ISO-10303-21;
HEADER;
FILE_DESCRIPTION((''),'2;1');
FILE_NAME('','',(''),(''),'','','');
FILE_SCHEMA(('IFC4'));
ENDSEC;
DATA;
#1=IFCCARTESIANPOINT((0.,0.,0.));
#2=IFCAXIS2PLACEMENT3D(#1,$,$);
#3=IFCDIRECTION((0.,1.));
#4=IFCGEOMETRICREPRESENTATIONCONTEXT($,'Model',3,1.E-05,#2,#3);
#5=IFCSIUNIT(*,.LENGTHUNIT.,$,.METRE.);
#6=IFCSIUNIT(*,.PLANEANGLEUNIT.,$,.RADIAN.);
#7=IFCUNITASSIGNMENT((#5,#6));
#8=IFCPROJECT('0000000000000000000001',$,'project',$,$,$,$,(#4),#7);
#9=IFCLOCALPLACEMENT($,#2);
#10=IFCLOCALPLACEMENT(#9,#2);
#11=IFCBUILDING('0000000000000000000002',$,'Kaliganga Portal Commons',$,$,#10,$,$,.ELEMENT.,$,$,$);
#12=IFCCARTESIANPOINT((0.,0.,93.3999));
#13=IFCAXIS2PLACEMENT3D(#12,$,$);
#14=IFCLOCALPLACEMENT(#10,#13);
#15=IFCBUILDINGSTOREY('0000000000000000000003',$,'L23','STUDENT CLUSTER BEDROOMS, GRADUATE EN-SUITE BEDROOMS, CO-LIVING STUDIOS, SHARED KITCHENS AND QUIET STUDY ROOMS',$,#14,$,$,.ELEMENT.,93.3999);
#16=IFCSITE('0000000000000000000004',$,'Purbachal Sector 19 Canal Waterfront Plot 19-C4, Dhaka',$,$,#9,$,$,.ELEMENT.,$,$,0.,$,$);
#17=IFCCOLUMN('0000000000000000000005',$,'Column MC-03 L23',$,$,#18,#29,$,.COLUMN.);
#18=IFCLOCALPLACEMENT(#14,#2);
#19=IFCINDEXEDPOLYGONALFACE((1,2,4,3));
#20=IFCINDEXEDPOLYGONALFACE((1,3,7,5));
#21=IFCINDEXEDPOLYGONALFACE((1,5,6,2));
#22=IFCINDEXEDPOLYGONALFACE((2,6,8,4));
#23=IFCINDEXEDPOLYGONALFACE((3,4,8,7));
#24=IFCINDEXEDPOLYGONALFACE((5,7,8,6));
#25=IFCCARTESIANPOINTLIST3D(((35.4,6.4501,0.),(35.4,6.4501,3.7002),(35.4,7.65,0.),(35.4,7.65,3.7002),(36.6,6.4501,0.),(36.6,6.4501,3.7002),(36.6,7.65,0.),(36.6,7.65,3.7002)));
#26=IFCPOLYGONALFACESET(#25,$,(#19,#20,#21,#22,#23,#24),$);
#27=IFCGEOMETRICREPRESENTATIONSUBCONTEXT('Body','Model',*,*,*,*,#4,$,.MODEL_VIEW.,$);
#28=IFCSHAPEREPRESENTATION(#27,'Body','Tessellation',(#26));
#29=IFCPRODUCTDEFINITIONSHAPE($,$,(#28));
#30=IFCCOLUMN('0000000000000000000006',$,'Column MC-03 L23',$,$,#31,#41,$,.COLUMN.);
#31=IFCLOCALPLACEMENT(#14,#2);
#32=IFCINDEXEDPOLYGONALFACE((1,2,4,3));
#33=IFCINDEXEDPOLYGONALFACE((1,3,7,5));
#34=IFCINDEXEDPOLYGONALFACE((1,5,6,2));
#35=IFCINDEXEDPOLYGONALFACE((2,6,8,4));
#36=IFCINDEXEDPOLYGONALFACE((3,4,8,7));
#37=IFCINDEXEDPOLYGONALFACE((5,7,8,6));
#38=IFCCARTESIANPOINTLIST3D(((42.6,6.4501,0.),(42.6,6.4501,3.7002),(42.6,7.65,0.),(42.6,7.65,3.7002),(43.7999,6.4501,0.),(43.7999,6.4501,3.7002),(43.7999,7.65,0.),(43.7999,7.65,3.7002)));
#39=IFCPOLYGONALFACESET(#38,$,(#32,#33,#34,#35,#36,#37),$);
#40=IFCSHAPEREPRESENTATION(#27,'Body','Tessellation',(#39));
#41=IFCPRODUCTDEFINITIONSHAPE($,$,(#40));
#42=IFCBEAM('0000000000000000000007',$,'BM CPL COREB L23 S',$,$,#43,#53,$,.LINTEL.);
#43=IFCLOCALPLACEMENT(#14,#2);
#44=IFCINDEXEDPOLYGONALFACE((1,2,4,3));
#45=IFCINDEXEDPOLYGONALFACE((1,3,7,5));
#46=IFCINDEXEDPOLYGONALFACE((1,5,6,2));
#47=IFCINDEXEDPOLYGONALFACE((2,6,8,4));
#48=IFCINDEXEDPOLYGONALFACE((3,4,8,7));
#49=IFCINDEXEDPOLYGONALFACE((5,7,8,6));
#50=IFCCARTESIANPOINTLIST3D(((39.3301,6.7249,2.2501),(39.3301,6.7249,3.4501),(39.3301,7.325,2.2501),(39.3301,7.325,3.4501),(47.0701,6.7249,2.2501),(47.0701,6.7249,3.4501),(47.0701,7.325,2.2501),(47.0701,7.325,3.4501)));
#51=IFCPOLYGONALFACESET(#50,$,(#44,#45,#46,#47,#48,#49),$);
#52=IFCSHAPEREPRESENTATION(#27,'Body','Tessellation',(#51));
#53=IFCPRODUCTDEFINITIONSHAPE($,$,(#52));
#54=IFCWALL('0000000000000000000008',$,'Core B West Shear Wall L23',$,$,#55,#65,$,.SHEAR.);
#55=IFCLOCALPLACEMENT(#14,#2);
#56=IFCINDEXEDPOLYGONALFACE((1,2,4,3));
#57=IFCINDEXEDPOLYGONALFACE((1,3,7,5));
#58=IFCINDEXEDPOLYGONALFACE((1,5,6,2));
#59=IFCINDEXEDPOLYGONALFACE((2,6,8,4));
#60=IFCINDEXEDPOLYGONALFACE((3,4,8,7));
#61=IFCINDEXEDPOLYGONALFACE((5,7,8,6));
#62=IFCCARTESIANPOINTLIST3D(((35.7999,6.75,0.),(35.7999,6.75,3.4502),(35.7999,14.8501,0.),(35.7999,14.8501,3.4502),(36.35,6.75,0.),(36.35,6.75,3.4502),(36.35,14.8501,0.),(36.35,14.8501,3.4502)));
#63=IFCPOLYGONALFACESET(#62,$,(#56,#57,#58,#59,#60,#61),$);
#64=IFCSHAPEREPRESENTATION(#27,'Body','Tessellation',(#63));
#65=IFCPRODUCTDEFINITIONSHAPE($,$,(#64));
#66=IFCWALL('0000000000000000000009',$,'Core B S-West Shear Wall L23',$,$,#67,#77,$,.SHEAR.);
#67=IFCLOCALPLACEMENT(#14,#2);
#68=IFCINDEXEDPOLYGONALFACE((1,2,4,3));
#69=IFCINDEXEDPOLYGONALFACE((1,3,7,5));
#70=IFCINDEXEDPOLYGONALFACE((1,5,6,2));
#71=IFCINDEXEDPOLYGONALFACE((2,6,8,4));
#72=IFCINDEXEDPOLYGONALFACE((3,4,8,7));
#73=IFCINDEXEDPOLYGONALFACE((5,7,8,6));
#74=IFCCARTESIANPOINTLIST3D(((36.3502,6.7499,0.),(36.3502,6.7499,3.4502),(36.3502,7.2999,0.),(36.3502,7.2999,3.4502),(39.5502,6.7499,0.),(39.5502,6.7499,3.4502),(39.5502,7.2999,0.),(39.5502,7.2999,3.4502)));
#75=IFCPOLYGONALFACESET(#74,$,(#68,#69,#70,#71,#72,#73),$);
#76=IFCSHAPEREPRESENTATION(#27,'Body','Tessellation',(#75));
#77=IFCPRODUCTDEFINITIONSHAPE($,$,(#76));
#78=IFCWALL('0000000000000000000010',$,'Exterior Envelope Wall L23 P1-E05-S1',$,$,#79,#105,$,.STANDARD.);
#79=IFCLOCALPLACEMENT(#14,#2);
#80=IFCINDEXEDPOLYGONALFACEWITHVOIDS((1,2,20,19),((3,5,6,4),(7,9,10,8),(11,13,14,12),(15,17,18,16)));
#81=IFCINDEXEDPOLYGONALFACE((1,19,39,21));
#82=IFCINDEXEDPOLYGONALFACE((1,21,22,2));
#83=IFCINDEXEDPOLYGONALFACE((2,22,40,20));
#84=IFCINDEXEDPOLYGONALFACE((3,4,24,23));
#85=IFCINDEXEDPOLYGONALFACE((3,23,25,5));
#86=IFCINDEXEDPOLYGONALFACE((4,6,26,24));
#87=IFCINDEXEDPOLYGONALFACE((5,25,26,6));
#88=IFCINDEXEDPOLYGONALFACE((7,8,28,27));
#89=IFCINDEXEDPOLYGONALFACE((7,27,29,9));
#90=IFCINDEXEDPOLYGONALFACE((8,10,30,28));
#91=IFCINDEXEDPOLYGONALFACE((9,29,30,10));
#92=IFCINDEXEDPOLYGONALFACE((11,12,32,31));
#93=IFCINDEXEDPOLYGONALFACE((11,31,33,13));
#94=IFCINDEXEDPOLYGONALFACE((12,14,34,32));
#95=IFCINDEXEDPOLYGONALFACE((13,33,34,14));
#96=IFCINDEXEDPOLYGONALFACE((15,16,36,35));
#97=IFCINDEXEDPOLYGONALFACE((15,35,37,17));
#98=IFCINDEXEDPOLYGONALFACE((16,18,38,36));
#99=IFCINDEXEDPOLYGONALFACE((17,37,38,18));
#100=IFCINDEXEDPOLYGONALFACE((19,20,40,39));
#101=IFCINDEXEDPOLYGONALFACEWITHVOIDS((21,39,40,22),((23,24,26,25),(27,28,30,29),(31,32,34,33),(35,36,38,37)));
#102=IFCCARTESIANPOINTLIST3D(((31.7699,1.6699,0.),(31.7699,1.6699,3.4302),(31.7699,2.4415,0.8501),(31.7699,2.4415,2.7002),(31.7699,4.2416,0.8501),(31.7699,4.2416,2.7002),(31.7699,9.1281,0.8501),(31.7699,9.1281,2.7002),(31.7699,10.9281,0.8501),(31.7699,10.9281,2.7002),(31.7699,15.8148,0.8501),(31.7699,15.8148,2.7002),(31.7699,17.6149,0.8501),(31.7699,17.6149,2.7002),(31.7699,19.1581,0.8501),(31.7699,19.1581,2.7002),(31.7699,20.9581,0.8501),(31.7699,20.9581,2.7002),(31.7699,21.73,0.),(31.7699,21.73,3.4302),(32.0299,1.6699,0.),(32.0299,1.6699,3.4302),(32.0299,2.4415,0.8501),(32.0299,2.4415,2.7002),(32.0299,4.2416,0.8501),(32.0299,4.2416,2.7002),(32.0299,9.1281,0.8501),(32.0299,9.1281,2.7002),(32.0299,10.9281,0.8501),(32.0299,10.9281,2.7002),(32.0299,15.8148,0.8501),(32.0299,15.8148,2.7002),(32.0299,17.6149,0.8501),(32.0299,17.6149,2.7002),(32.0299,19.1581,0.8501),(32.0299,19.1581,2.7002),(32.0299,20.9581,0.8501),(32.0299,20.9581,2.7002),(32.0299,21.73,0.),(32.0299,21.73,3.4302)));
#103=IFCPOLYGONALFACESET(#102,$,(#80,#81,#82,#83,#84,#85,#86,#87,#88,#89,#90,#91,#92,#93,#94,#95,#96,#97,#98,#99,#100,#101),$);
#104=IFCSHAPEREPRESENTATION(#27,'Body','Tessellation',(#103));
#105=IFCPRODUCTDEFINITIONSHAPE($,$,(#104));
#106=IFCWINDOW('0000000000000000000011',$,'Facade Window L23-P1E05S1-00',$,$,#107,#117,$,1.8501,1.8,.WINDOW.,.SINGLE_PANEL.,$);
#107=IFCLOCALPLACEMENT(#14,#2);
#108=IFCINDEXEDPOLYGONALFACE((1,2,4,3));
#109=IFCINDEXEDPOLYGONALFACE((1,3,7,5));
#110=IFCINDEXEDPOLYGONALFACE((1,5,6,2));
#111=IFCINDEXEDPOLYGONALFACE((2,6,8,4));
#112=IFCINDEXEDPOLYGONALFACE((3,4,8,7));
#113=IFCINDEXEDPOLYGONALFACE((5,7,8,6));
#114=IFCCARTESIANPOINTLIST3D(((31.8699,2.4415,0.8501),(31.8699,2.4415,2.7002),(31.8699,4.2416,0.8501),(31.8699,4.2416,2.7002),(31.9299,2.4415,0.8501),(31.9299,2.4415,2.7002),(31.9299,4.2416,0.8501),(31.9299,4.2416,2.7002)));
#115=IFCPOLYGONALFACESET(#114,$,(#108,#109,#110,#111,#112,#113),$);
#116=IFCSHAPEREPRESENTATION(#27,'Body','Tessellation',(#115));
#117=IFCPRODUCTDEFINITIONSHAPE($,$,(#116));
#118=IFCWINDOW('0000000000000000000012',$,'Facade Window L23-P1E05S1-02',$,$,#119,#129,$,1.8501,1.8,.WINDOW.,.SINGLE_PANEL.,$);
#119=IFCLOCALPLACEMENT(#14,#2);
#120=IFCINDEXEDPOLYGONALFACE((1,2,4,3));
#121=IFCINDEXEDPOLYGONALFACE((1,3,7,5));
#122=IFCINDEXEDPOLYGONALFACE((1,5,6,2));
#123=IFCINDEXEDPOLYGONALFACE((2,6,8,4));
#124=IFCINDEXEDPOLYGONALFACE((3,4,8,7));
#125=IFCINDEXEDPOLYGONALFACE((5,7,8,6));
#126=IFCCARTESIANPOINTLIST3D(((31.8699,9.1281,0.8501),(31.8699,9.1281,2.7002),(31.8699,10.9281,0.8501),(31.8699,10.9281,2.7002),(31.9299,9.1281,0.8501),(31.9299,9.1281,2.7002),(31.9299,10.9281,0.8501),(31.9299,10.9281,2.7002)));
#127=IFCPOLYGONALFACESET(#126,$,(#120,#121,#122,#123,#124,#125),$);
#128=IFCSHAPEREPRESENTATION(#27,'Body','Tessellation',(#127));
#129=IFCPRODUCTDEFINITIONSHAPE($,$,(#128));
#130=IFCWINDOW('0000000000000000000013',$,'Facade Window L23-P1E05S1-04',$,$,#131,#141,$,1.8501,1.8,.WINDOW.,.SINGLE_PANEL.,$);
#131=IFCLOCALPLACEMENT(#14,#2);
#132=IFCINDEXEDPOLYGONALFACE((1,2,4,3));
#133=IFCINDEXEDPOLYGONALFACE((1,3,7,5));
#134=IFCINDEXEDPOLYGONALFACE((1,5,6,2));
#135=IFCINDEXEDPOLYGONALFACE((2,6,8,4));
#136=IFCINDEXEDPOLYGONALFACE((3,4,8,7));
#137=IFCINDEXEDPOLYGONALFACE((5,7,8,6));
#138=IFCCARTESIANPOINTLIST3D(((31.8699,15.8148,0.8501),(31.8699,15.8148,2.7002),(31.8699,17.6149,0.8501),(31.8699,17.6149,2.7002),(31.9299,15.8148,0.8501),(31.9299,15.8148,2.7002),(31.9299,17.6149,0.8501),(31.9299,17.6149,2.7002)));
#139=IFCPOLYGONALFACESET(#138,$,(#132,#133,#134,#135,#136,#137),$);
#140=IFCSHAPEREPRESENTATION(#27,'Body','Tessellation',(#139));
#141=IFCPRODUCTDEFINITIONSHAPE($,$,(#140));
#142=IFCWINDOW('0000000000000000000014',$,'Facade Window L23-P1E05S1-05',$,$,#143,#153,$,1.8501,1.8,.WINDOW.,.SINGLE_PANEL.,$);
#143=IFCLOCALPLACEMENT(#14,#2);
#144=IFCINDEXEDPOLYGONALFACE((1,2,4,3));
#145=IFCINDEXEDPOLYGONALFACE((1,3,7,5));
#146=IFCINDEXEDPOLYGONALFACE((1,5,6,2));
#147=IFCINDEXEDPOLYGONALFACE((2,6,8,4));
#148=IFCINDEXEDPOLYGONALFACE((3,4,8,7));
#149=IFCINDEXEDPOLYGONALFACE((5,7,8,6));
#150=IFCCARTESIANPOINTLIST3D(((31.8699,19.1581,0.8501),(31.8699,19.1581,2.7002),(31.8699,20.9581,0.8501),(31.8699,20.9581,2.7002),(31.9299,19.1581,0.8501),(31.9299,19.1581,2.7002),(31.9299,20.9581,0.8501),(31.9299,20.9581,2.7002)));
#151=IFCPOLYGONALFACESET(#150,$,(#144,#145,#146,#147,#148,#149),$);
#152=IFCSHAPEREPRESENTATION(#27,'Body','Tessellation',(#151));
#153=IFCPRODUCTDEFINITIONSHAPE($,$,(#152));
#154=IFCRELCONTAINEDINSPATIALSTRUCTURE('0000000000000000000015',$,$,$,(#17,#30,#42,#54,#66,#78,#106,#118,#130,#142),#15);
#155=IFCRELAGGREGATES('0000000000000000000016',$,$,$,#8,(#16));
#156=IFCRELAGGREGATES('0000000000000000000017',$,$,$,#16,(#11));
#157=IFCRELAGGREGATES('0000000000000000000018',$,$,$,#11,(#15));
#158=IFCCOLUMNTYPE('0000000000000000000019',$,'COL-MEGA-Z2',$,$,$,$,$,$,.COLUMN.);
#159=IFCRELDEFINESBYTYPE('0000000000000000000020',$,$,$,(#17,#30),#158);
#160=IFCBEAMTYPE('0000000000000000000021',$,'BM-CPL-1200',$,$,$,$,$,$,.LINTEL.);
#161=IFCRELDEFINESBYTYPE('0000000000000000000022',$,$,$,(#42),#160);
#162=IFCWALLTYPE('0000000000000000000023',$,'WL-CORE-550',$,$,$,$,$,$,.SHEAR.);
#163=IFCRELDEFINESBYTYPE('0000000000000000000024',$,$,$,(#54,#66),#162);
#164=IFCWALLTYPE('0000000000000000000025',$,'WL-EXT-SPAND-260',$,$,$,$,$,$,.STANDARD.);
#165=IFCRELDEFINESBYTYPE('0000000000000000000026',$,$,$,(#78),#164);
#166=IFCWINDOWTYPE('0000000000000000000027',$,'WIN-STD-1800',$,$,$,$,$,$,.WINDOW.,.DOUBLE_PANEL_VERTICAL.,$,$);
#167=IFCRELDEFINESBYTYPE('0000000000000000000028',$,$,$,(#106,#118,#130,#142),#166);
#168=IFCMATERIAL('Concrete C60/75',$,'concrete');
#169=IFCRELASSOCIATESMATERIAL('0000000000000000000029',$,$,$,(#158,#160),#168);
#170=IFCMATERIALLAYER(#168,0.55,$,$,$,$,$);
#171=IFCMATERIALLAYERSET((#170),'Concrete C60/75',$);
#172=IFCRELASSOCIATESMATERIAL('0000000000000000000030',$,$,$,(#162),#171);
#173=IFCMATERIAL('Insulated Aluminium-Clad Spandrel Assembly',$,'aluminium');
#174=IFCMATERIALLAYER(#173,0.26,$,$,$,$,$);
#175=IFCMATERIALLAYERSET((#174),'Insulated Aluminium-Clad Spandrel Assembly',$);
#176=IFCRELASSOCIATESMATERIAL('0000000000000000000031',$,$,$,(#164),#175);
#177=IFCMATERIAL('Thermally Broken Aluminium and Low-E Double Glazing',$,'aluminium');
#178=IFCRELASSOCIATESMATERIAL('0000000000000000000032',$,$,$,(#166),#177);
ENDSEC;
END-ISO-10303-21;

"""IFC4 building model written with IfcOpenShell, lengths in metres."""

from ifc_helpers import new_model, si_unit, direction, frame, frame_2d, origin, origin_2d, place, context, subcontext, project, spatial, rectangle, extrude, source, transform, mapped, material, layer, layer_set, material_profile, profile_set, type_object, element, fill, save


model = new_model("IFC4")

# Units and contexts
model_context = context("Model", 3, precision=1e-05, world=origin(), true_north=direction((0.0, 1.0)))
body_context = subcontext(model_context, "Body", "Model", "MODEL_VIEW")
ifc_project = project(units=[si_unit("LENGTHUNIT", "METRE"), si_unit("PLANEANGLEUNIT", "RADIAN")], contexts=[model_context])

# Site, building, storey
site_placement = place(None, origin())
site = spatial("IfcSite", under=ifc_project, at=site_placement, Name="Purbachal Sector 19 Canal Waterfront Plot 19-C4, Dhaka", CompositionType="ELEMENT", RefElevation=0.0)
building_placement = place(site_placement, origin())
building = spatial("IfcBuilding", under=site, at=building_placement, Name="Kaliganga Portal Commons", CompositionType="ELEMENT")
storey_placement = place(building_placement, frame((0.0, 0.0, 93.3999)))
storey = spatial("IfcBuildingStorey", under=building, at=storey_placement, Name="L23", Description="STUDENT CLUSTER BEDROOMS, GRADUATE EN-SUITE BEDROOMS, CO-LIVING STUDIOS, SHARED KITCHENS AND QUIET STUDY ROOMS", CompositionType="ELEMENT", Elevation=93.3999)

# Columns
ifc_material_1 = material(Name="Concrete C60/75", Category="concrete")
ifc_material_profile_1 = material_profile(ifc_material_1, rectangle(XDim=1.2, YDim=1.2, at=origin_2d()), Name="RC 1200x1200")
ifc_profile_set_1 = profile_set([ifc_material_profile_1], Name="Concrete C60/75")
column_type = type_object("IfcColumnType", Name="COL-MEGA-Z2", PredefinedType="COLUMN", material=ifc_profile_set_1)
shared_shape_1 = source(origin(), body_context, "Body", "SweptSolid", [
    extrude(rectangle(XDim=1.2, YDim=1.2, at=origin_2d()), origin(), (0.0, 0.0, 1.0), 3.7002),
])
for number, where, z_axis, x_axis, name in (
    (1, (36.0, 7.05, 0.0), (0.0, 0.0, 1.0), (1.0, 0.0, 0.0), "Column MC-03 L23"),
    (2, (43.2, 7.05, 0.0), (0.0, 0.0, 1.0), (1.0, 0.0, 0.0), "Column MC-03 L23"),
):
    element("IfcColumn", number, at=place(storey_placement, frame(where, z_axis=z_axis, x_axis=x_axis)), inside=storey, type_object=column_type, Name=name, PredefinedType="COLUMN", context=body_context, shape_type="MappedRepresentation", body=[
        mapped(shared_shape_1, transform((0.0, 0.0, 0.0), x_axis=(1.0, 0.0, 0.0), y_axis=(0.0, 1.0, 0.0), z_axis=(0.0, 0.0, 1.0), scale=1.0)),
    ])

# Beam
ifc_material_profile_2 = material_profile(ifc_material_1, rectangle(XDim=0.6001, YDim=1.2, at=origin_2d()), Name="RC 600x1200")
ifc_profile_set_2 = profile_set([ifc_material_profile_2], Name="Concrete C60/75")
beam_type = type_object("IfcBeamType", Name="BM-CPL-1200", PredefinedType="LINTEL", material=ifc_profile_set_2)
shared_shape_2 = source(origin(), body_context, "Body", "SweptSolid", [
    extrude(rectangle(XDim=0.6001, YDim=1.2, at=origin_2d()), origin(), (0.0, 0.0, 1.0), 7.74),
])
beam_placement = place(storey_placement, frame((39.3301, 7.0249, 2.8501), z_axis=(1.0, 0.0, 0.0), x_axis=(0.0, 1.0, 0.0)))
element("IfcBeam", 3, at=beam_placement, inside=storey, type_object=beam_type, Name="BM CPL COREB L23 S", PredefinedType="LINTEL", context=body_context, shape_type="MappedRepresentation", body=[
    mapped(shared_shape_2, transform((0.0, 0.0, 0.0), x_axis=(1.0, 0.0, 0.0), y_axis=(0.0, 1.0, 0.0), z_axis=(0.0, 0.0, 1.0), scale=1.0)),
])

# Walls
ifc_layer_1 = layer(ifc_material_1, 0.55)
ifc_layer_set_1 = layer_set([ifc_layer_1], Name="Concrete C60/75")
wall_type_1 = type_object("IfcWallType", Name="WL-CORE-550", PredefinedType="SHEAR", material=ifc_layer_set_1)
wall_1_placement = place(storey_placement, frame((36.075, 6.75, 0.0), z_axis=(0.0, 0.0, 1.0), x_axis=(0.0, 1.0, 0.0)))
element("IfcWall", 4, at=wall_1_placement, inside=storey, type_object=wall_type_1, Name="Core B West Shear Wall L23", PredefinedType="SHEAR", context=body_context, shape_type="SweptSolid", body=[
    extrude(rectangle(XDim=8.1001, YDim=0.55, at=frame_2d((4.05, 0.0))), origin(), (0.0, 0.0, 1.0), 3.4502),
])
wall_2_placement = place(storey_placement, frame((36.3501, 7.0249, 0.0), z_axis=(0.0, 0.0, 1.0), x_axis=(1.0, 0.0, 0.0)))
element("IfcWall", 5, at=wall_2_placement, inside=storey, type_object=wall_type_1, Name="Core B S-West Shear Wall L23", PredefinedType="SHEAR", context=body_context, shape_type="SweptSolid", body=[
    extrude(rectangle(XDim=3.2, YDim=0.55, at=frame_2d((1.6001, 0.0))), origin(), (0.0, 0.0, 1.0), 3.4502),
])

# Wall, openings, windows
ifc_material_2 = material(Name="Insulated Aluminium-Clad Spandrel Assembly", Category="aluminium")
ifc_layer_2 = layer(ifc_material_2, 0.26)
ifc_layer_set_2 = layer_set([ifc_layer_2], Name="Insulated Aluminium-Clad Spandrel Assembly")
wall_type_2 = type_object("IfcWallType", Name="WL-EXT-SPAND-260", PredefinedType="STANDARD", material=ifc_layer_set_2)
wall_3_placement = place(storey_placement, frame((31.8999, 1.6699, 0.0), z_axis=(0.0, 0.0, 1.0), x_axis=(0.0, 1.0, 0.0)))
wall_3 = element("IfcWall", 6, at=wall_3_placement, inside=storey, type_object=wall_type_2, Name="Exterior Envelope Wall L23 P1-E05-S1", PredefinedType="STANDARD", context=body_context, shape_type="SweptSolid", body=[
    extrude(rectangle(XDim=20.0601, YDim=0.26, at=frame_2d((10.03, 0.0))), origin(), (0.0, 0.0, 1.0), 3.4302),
])
opening_1_placement = place(wall_3_placement, frame((0.7717, 0.0, 0.8501)))
opening_1 = element("IfcOpeningElement", 7, at=opening_1_placement, cuts=wall_3, PredefinedType="OPENING", context=body_context, shape_type="SweptSolid", body=[
    extrude(rectangle(XDim=1.8, YDim=1.8501, at=frame_2d((0.8999, 0.925))), frame((0.0, 0.1401, 0.0), z_axis=(0.0, -1.0, 0.0), x_axis=(1.0, 0.0, 0.0)), (0.0, 0.0, 1.0), 0.28),
])
opening_2_placement = place(wall_3_placement, frame((7.4583, 0.0, 0.8501)))
opening_2 = element("IfcOpeningElement", 8, at=opening_2_placement, cuts=wall_3, PredefinedType="OPENING", context=body_context, shape_type="SweptSolid", body=[
    extrude(rectangle(XDim=1.8, YDim=1.8501, at=frame_2d((0.8999, 0.925))), frame((0.0, 0.1401, 0.0), z_axis=(0.0, -1.0, 0.0), x_axis=(1.0, 0.0, 0.0)), (0.0, 0.0, 1.0), 0.28),
])
opening_3_placement = place(wall_3_placement, frame((14.145, 0.0, 0.8501)))
opening_3 = element("IfcOpeningElement", 9, at=opening_3_placement, cuts=wall_3, PredefinedType="OPENING", context=body_context, shape_type="SweptSolid", body=[
    extrude(rectangle(XDim=1.8, YDim=1.8501, at=frame_2d((0.8999, 0.925))), frame((0.0, 0.1401, 0.0), z_axis=(0.0, -1.0, 0.0), x_axis=(1.0, 0.0, 0.0)), (0.0, 0.0, 1.0), 0.28),
])
opening_4_placement = place(wall_3_placement, frame((17.4883, 0.0, 0.8501)))
opening_4 = element("IfcOpeningElement", 10, at=opening_4_placement, cuts=wall_3, PredefinedType="OPENING", context=body_context, shape_type="SweptSolid", body=[
    extrude(rectangle(XDim=1.8, YDim=1.8501, at=frame_2d((0.8999, 0.925))), frame((0.0, 0.1401, 0.0), z_axis=(0.0, -1.0, 0.0), x_axis=(1.0, 0.0, 0.0)), (0.0, 0.0, 1.0), 0.28),
])
ifc_material_3 = material(Name="Thermally Broken Aluminium and Low-E Double Glazing", Category="aluminium")
window_type = type_object("IfcWindowType", Name="WIN-STD-1800", PartitioningType="DOUBLE_PANEL_VERTICAL", PredefinedType="WINDOW", material=ifc_material_3)
window_1_placement = place(opening_1_placement, origin())
window_1 = element("IfcWindow", 11, at=window_1_placement, inside=storey, type_object=window_type, Name="Facade Window L23-P1E05S1-00", OverallHeight=1.8501, OverallWidth=1.8, PartitioningType="SINGLE_PANEL", PredefinedType="WINDOW", context=body_context, shape_type="SweptSolid", body=[
    extrude(rectangle(XDim=1.8, YDim=1.8501, at=frame_2d((0.8999, 0.925))), frame((0.0, 0.03, 0.0), z_axis=(0.0, -1.0, 0.0), x_axis=(1.0, 0.0, 0.0)), (0.0, 0.0, 1.0), 0.0601),
])
fill(opening_1, window_1)
window_2_placement = place(opening_2_placement, origin())
window_2 = element("IfcWindow", 12, at=window_2_placement, inside=storey, type_object=window_type, Name="Facade Window L23-P1E05S1-02", OverallHeight=1.8501, OverallWidth=1.8, PartitioningType="SINGLE_PANEL", PredefinedType="WINDOW", context=body_context, shape_type="SweptSolid", body=[
    extrude(rectangle(XDim=1.8, YDim=1.8501, at=frame_2d((0.8999, 0.925))), frame((0.0, 0.03, 0.0), z_axis=(0.0, -1.0, 0.0), x_axis=(1.0, 0.0, 0.0)), (0.0, 0.0, 1.0), 0.0601),
])
fill(opening_2, window_2)
window_3_placement = place(opening_3_placement, origin())
window_3 = element("IfcWindow", 13, at=window_3_placement, inside=storey, type_object=window_type, Name="Facade Window L23-P1E05S1-04", OverallHeight=1.8501, OverallWidth=1.8, PartitioningType="SINGLE_PANEL", PredefinedType="WINDOW", context=body_context, shape_type="SweptSolid", body=[
    extrude(rectangle(XDim=1.8, YDim=1.8501, at=frame_2d((0.8999, 0.925))), frame((0.0, 0.03, 0.0), z_axis=(0.0, -1.0, 0.0), x_axis=(1.0, 0.0, 0.0)), (0.0, 0.0, 1.0), 0.0601),
])
fill(opening_3, window_3)
window_4_placement = place(opening_4_placement, origin())
window_4 = element("IfcWindow", 14, at=window_4_placement, inside=storey, type_object=window_type, Name="Facade Window L23-P1E05S1-05", OverallHeight=1.8501, OverallWidth=1.8, PartitioningType="SINGLE_PANEL", PredefinedType="WINDOW", context=body_context, shape_type="SweptSolid", body=[
    extrude(rectangle(XDim=1.8, YDim=1.8501, at=frame_2d((0.8999, 0.925))), frame((0.0, 0.03, 0.0), z_axis=(0.0, -1.0, 0.0), x_axis=(1.0, 0.0, 0.0)), (0.0, 0.0, 1.0), 0.0601),
])
fill(opening_4, window_4)

save(model, "model.ifc")
